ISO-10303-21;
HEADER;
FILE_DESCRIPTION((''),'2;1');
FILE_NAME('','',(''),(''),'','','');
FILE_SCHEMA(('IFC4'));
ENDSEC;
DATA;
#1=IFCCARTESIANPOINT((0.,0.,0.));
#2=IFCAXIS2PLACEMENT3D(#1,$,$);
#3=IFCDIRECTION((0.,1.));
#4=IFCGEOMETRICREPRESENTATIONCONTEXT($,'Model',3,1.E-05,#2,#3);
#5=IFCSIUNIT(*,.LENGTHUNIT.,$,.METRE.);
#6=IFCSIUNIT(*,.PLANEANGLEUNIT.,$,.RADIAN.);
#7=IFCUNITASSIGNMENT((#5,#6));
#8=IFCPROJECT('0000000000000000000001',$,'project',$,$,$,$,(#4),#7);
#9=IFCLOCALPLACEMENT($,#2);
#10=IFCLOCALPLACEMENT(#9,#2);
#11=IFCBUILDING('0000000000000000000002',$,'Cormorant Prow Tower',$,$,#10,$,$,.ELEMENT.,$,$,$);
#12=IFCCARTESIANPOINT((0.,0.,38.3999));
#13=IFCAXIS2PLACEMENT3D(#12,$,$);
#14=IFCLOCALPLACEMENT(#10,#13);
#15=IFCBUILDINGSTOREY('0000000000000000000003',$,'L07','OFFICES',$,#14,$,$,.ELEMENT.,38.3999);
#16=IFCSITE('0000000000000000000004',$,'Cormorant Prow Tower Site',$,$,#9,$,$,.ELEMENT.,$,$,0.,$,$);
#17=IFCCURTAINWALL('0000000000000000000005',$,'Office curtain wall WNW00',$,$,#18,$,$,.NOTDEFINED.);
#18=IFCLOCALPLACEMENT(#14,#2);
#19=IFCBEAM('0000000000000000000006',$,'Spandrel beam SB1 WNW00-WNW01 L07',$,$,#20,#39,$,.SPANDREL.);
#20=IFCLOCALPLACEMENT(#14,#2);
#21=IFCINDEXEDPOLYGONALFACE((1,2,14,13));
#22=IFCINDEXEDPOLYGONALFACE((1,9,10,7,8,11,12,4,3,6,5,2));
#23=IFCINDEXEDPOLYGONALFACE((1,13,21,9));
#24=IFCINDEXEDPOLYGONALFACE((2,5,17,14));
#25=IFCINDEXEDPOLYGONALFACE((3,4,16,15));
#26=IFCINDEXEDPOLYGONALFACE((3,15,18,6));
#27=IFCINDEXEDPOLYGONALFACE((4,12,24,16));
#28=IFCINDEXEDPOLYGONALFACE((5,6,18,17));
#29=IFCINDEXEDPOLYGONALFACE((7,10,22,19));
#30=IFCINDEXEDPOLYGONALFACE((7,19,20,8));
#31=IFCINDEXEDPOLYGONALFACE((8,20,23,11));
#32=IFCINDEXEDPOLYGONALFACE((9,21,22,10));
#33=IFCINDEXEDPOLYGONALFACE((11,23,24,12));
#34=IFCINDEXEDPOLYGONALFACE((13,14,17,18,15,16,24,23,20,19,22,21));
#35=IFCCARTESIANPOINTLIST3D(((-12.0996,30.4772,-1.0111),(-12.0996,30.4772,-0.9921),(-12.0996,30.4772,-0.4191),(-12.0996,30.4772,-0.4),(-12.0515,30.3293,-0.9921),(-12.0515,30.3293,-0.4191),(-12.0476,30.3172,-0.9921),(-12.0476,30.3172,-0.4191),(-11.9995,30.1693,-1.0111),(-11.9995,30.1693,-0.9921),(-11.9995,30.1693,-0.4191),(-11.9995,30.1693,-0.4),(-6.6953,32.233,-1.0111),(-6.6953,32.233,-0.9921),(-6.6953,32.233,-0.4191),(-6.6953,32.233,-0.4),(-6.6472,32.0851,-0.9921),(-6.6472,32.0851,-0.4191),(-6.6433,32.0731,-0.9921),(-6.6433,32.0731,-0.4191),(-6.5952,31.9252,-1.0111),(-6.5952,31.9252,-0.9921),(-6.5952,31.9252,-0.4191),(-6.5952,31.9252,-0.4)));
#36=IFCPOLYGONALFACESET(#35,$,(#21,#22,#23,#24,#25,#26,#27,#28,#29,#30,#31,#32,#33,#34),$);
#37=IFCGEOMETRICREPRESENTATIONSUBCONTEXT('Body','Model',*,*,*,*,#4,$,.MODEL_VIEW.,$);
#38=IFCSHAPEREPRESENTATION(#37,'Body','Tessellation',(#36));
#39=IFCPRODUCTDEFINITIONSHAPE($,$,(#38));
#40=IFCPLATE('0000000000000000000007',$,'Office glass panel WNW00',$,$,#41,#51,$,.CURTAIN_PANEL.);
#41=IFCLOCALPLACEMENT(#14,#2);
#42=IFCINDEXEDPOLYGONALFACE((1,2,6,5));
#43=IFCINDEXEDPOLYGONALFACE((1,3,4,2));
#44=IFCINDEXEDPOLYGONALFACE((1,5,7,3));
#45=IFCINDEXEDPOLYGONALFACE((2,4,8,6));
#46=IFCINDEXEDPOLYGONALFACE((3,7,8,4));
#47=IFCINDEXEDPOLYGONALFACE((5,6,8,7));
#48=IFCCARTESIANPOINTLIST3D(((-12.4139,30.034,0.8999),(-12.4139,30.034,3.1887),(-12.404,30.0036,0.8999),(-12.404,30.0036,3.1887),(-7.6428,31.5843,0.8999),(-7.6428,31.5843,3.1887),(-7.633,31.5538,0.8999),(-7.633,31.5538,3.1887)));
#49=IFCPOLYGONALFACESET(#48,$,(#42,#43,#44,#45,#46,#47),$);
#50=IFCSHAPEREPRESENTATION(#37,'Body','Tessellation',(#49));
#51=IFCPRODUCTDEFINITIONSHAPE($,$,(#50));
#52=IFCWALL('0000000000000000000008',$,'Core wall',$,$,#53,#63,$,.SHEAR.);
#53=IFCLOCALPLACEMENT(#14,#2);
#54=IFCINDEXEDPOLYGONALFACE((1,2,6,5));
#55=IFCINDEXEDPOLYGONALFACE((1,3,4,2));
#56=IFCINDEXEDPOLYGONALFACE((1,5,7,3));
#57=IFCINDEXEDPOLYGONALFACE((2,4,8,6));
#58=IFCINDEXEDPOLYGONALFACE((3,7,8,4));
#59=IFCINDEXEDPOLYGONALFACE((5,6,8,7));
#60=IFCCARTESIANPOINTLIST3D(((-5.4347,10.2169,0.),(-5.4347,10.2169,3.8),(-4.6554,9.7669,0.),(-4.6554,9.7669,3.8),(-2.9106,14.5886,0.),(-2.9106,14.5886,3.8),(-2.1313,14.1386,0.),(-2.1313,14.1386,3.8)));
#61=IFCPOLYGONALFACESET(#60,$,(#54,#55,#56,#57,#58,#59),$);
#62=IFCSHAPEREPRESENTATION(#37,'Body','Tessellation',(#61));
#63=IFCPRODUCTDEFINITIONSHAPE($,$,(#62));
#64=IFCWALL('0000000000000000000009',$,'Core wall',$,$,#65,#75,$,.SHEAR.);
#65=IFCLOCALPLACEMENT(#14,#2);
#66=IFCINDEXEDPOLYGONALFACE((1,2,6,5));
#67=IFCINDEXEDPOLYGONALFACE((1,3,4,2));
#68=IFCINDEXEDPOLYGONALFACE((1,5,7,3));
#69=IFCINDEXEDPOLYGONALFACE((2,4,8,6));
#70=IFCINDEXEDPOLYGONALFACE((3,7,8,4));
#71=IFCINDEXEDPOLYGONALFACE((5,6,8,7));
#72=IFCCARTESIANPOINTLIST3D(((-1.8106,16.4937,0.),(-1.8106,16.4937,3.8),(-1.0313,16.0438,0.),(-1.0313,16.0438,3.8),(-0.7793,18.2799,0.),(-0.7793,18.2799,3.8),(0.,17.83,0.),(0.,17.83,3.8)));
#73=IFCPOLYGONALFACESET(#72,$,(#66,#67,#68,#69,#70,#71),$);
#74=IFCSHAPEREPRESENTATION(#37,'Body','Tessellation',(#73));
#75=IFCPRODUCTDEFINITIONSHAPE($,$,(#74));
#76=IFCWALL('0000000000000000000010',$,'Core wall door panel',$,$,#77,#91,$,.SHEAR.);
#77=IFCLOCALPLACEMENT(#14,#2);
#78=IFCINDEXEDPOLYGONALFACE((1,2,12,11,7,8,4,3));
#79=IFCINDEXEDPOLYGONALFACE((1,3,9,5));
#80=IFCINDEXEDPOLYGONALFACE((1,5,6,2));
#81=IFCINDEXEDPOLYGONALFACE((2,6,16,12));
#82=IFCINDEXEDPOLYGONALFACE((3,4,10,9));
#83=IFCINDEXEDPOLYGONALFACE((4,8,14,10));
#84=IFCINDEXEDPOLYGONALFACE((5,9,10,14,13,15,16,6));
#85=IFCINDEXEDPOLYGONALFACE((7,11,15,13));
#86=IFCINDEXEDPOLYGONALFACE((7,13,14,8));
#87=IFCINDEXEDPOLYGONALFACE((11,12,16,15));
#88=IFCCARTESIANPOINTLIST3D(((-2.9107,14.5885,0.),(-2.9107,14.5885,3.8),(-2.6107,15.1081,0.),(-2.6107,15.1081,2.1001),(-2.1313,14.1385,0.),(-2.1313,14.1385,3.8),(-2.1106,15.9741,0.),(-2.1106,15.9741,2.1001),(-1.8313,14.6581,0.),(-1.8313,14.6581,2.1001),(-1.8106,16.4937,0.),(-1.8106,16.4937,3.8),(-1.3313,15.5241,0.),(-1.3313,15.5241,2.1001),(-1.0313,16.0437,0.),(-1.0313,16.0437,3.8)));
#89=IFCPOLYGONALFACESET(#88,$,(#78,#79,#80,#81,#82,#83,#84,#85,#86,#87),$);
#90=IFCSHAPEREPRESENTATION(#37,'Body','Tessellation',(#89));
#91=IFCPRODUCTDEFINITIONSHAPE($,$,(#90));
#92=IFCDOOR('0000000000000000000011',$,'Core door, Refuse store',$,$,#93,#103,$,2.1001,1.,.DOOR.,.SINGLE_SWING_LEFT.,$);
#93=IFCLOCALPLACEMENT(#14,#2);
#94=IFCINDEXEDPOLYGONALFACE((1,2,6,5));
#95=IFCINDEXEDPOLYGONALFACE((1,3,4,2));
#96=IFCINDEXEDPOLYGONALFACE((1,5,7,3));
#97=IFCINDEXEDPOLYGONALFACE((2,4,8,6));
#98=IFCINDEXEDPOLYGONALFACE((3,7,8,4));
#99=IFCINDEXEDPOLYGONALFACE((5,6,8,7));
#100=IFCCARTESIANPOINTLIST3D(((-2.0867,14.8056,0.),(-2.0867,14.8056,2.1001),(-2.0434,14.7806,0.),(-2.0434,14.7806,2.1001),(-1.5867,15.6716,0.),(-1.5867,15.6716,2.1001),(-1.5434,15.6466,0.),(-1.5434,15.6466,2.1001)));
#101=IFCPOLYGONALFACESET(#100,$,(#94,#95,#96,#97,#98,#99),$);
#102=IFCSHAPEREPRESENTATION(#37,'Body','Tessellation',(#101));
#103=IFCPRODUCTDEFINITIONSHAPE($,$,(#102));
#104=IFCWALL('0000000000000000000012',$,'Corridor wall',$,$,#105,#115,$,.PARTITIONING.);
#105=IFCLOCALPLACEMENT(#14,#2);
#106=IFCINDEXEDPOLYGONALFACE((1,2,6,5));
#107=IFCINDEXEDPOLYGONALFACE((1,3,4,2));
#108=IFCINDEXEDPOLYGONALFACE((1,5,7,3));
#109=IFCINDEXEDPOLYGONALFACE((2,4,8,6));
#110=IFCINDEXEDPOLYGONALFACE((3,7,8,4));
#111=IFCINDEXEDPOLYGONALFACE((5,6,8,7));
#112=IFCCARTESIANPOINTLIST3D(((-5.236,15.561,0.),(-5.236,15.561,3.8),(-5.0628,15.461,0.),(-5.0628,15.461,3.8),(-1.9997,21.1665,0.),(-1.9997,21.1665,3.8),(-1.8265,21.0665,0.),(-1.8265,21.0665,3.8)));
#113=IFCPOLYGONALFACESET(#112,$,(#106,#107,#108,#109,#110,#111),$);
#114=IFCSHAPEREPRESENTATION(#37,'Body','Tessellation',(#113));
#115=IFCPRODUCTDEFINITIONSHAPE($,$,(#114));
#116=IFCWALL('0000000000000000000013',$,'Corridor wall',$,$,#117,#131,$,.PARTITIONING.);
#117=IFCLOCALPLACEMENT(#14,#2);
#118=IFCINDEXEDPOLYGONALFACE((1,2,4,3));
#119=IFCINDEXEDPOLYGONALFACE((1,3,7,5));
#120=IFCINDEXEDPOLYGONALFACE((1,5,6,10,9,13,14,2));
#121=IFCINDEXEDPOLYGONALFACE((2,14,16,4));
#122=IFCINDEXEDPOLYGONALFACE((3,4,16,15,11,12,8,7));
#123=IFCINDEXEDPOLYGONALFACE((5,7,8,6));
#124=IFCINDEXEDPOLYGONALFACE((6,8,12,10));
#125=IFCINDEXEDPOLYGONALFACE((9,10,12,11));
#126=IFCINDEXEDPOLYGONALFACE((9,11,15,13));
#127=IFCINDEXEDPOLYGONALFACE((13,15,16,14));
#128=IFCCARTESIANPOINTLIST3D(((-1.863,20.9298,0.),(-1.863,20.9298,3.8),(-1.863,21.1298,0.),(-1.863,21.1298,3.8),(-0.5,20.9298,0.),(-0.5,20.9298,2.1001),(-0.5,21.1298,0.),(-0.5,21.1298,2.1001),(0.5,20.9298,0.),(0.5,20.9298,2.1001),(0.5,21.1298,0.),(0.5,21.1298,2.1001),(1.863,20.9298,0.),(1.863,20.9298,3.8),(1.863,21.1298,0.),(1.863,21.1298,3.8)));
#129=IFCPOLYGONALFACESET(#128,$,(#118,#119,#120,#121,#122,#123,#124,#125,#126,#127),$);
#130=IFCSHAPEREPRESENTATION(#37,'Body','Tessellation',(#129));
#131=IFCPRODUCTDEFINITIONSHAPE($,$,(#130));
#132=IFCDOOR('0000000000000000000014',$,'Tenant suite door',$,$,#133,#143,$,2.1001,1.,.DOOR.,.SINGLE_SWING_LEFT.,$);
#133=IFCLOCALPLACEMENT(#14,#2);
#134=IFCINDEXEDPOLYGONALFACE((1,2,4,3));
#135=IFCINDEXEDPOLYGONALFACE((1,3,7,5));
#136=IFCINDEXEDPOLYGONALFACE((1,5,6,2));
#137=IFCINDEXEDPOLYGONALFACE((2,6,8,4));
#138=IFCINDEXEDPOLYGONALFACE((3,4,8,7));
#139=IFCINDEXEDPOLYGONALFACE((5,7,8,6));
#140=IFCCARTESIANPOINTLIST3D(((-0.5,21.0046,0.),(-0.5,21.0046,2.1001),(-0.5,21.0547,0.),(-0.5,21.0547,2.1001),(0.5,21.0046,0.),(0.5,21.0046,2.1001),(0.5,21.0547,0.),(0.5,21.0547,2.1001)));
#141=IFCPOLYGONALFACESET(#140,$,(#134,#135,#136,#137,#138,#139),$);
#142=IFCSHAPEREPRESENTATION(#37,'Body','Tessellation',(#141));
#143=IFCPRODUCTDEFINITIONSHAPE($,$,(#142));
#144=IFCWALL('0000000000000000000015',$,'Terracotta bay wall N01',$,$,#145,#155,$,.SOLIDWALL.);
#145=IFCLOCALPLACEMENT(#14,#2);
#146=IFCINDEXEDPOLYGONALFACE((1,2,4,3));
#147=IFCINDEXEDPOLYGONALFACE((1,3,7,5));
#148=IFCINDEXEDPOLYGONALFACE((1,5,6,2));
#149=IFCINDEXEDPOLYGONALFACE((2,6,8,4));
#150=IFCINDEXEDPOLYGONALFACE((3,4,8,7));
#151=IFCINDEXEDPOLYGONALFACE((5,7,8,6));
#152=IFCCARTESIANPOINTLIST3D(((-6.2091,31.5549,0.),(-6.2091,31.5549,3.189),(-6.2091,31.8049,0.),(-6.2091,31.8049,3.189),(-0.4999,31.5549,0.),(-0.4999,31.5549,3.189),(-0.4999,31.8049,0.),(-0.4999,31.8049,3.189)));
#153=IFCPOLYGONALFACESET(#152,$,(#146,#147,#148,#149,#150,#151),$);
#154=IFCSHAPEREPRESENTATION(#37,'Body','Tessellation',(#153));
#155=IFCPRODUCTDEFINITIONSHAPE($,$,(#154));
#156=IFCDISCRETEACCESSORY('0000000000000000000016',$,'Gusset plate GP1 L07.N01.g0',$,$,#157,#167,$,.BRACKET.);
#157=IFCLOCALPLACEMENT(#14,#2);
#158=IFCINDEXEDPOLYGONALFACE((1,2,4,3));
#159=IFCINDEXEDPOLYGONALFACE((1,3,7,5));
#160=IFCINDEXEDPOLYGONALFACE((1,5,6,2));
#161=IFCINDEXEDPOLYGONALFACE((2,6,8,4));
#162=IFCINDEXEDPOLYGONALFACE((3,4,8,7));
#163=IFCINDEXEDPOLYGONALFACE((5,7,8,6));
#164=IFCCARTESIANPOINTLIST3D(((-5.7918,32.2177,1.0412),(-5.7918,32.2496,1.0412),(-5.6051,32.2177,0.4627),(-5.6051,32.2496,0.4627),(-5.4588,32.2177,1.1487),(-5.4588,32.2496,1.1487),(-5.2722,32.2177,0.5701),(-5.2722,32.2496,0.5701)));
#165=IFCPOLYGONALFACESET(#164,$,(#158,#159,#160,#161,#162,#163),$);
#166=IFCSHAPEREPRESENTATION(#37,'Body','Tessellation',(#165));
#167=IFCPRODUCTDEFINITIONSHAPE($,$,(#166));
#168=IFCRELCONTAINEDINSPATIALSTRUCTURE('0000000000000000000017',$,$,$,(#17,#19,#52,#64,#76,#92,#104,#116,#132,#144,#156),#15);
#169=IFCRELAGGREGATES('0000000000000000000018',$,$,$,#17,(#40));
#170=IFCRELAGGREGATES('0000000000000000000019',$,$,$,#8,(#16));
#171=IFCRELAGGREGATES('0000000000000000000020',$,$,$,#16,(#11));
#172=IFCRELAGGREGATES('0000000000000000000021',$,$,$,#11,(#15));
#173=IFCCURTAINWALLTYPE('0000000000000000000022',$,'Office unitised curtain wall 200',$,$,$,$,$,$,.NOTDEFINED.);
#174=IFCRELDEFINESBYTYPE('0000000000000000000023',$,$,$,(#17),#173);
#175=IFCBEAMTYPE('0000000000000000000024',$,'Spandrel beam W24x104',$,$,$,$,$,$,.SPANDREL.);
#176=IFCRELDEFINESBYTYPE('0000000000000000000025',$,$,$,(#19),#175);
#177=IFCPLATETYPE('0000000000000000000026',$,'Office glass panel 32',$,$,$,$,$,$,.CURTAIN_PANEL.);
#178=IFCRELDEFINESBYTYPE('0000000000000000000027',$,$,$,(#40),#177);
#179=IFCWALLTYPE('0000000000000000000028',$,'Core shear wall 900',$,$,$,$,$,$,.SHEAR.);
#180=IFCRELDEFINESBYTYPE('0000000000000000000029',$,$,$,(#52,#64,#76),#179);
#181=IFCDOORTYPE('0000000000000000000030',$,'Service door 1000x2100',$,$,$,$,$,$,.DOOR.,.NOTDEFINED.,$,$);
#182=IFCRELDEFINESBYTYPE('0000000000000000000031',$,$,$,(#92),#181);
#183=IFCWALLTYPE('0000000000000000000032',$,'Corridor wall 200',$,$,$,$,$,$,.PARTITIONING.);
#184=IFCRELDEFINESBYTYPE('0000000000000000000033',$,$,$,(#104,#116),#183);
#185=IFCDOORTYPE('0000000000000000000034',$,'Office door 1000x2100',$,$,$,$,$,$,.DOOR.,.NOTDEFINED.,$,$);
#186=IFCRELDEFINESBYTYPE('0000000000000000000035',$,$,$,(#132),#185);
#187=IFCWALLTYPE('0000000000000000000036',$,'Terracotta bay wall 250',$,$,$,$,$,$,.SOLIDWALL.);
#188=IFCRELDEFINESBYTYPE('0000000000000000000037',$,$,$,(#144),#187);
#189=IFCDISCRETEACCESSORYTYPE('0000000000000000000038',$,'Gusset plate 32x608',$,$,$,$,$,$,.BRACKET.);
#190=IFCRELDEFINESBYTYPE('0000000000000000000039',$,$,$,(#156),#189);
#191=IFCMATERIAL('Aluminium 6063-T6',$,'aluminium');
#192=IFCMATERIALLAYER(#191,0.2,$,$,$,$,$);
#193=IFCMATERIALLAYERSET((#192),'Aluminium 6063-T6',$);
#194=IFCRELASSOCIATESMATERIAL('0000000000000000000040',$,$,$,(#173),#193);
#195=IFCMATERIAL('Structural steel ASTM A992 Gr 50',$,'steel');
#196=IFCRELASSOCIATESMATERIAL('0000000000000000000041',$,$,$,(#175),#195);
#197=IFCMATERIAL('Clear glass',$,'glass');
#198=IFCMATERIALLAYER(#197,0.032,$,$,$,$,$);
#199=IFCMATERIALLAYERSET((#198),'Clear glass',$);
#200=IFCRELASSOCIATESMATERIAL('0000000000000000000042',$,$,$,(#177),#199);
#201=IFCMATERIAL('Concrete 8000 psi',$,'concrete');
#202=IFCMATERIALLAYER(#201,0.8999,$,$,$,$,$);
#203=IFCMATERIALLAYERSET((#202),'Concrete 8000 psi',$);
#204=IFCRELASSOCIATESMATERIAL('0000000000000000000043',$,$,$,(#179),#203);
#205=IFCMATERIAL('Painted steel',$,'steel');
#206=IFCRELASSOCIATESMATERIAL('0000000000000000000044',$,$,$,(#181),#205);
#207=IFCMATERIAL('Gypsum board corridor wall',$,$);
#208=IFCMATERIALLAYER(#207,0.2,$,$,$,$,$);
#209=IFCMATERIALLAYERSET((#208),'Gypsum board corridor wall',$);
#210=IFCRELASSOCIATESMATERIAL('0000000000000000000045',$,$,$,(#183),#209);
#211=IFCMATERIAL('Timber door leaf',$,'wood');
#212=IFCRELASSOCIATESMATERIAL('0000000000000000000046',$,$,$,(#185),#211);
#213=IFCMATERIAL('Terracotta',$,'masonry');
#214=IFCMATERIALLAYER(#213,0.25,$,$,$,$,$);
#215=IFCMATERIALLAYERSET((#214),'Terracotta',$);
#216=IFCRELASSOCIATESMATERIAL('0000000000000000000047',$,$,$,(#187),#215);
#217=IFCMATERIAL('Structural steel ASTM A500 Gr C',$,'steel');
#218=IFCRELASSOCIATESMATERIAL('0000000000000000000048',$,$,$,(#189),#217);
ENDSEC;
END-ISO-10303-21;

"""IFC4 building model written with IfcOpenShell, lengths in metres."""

from ifc_helpers import new_model, si_unit, direction, frame, frame_2d, origin, origin_2d, place, context, subcontext, project, spatial, rectangle, i_section, extrude, material, layer, layer_set, material_profile, profile_set, type_object, element, fill, aggregate, save


model = new_model("IFC4")

# Units and contexts
model_context = context("Model", 3, precision=1e-05, world=origin(), true_north=direction((0.0, 1.0)))
body_context = subcontext(model_context, "Body", "Model", "MODEL_VIEW")
ifc_project = project(units=[si_unit("LENGTHUNIT", "METRE"), si_unit("PLANEANGLEUNIT", "RADIAN")], contexts=[model_context])

# Site, building, storey
site_placement = place(None, origin())
site = spatial("IfcSite", under=ifc_project, at=site_placement, Name="Cormorant Prow Tower Site", CompositionType="ELEMENT", RefElevation=0.0)
building_placement = place(site_placement, origin())
building = spatial("IfcBuilding", under=site, at=building_placement, Name="Cormorant Prow Tower", CompositionType="ELEMENT")
storey_placement = place(building_placement, frame((0.0, 0.0, 38.3999)))
storey = spatial("IfcBuildingStorey", under=building, at=storey_placement, Name="L07", Description="OFFICES", CompositionType="ELEMENT", Elevation=38.3999)

# Curtain wall
ifc_material_1 = material(Name="Aluminium 6063-T6", Category="aluminium")
ifc_layer_1 = layer(ifc_material_1, 0.2)
ifc_layer_set_1 = layer_set([ifc_layer_1], Name="Aluminium 6063-T6")
curtain_wall_type = type_object("IfcCurtainWallType", Name="Office unitised curtain wall 200", PredefinedType="NOTDEFINED", material=ifc_layer_set_1)
curtain_wall_placement = place(storey_placement, origin())
curtain_wall = element("IfcCurtainWall", 1, at=curtain_wall_placement, inside=storey, type_object=curtain_wall_type, Name="Office curtain wall WNW00", PredefinedType="NOTDEFINED")

# Beam
ifc_material_2 = material(Name="Structural steel ASTM A992 Gr 50", Category="steel")
ifc_material_profile_1 = material_profile(ifc_material_2, i_section(OverallWidth=0.3237, OverallDepth=0.6111, WebThickness=0.0127, FlangeThickness=0.019, at=origin_2d()), Name="W24x104")
ifc_profile_set_1 = profile_set([ifc_material_profile_1], Name="Structural steel ASTM A992 Gr 50")
beam_type_1 = type_object("IfcBeamType", Name="Spandrel beam W24x104", PredefinedType="SPANDREL", material=ifc_profile_set_1)
beam_1_placement = place(storey_placement, frame((-6.6453, 32.0791, -0.7056), z_axis=(-0.951062, -0.309001, 0.0), x_axis=(0.309001, -0.951062, 0.0)))
element("IfcBeam", 2, at=beam_1_placement, inside=storey, type_object=beam_type_1, Name="Spandrel beam SB1 WNW00-WNW01 L07", PredefinedType="SPANDREL", context=body_context, shape_type="SweptSolid", body=[
    extrude(i_section(OverallWidth=0.3237, OverallDepth=0.6111, WebThickness=0.0127, FlangeThickness=0.019, at=origin_2d()), origin(), (0.0, 0.0, 1.0), 5.6824),
])

# Plate
ifc_material_3 = material(Name="Clear glass", Category="glass")
ifc_layer_2 = layer(ifc_material_3, 0.032)
ifc_layer_set_2 = layer_set([ifc_layer_2], Name="Clear glass")
plate_type = type_object("IfcPlateType", Name="Office glass panel 32", PredefinedType="CURTAIN_PANEL", material=ifc_layer_set_2)
plate_placement = place(storey_placement, frame((-10.0234, 30.7939, 0.8999), z_axis=(0.0, 0.0, 1.0), x_axis=(-0.951057, -0.309017, 0.0)))
plate = element("IfcPlate", 3, at=plate_placement, type_object=plate_type, Name="Office glass panel WNW00", PredefinedType="CURTAIN_PANEL", context=body_context, shape_type="SweptSolid", body=[
    extrude(rectangle(XDim=5.0166, YDim=0.032, at=origin_2d()), origin(), (0.0, 0.0, 1.0), 2.2888),
])
aggregate(curtain_wall, [plate])

# Walls
ifc_material_4 = material(Name="Concrete 8000 psi", Category="concrete")
ifc_layer_3 = layer(ifc_material_4, 0.8999)
ifc_layer_set_3 = layer_set([ifc_layer_3], Name="Concrete 8000 psi")
wall_type_1 = type_object("IfcWallType", Name="Core shear wall 900", PredefinedType="SHEAR", material=ifc_layer_set_3)
wall_1_placement = place(storey_placement, frame((-2.521, 14.3635, 0.0), z_axis=(0.0, 0.0, 1.0), x_axis=(-0.500014, -0.866017, 0.0)))
element("IfcWall", 4, at=wall_1_placement, inside=storey, type_object=wall_type_1, Name="Core wall", PredefinedType="SHEAR", context=body_context, shape_type="SweptSolid", body=[
    extrude(rectangle(XDim=5.0481, YDim=0.8999, at=frame_2d((2.5239, 0.0))), origin(), (0.0, 0.0, 1.0), 3.8),
])
wall_2_placement = place(storey_placement, frame((-0.3896, 18.0549, 0.0), z_axis=(0.0, 0.0, 1.0), x_axis=(-0.500009, -0.86602, 0.0)))
element("IfcWall", 5, at=wall_2_placement, inside=storey, type_object=wall_type_1, Name="Core wall", PredefinedType="SHEAR", context=body_context, shape_type="SweptSolid", body=[
    extrude(rectangle(XDim=2.0625, YDim=0.8999, at=frame_2d((1.0312, 0.0))), origin(), (0.0, 0.0, 1.0), 3.8),
])

# Wall, opening, door
wall_3_placement = place(storey_placement, frame((-1.4209, 16.2688, 0.0), z_axis=(0.0, 0.0, 1.0), x_axis=(-0.50003, -0.866008, 0.0)))
wall_3 = element("IfcWall", 6, at=wall_3_placement, inside=storey, type_object=wall_type_1, Name="Core wall door panel", PredefinedType="SHEAR", context=body_context, shape_type="SweptSolid", body=[
    extrude(rectangle(XDim=2.2, YDim=0.8999, at=frame_2d((1.1001, 0.0))), origin(), (0.0, 0.0, 1.0), 3.8),
])
opening_1_placement = place(wall_3_placement, frame((0.6001, 0.0, 0.0)))
opening_1 = element("IfcOpeningElement", 7, at=opening_1_placement, cuts=wall_3, PredefinedType="OPENING", context=body_context, shape_type="SweptSolid", body=[
    extrude(rectangle(XDim=1.0, YDim=2.1001, at=frame_2d((0.5, 1.05))), frame((0.0, 0.46, 0.0), z_axis=(0.0, -1.0, 0.0), x_axis=(1.0, 0.0, 0.0)), (0.0, 0.0, 1.0), 0.9199),
])
ifc_material_5 = material(Name="Painted steel", Category="steel")
door_type_1 = type_object("IfcDoorType", Name="Service door 1000x2100", OperationType="NOTDEFINED", PredefinedType="DOOR", material=ifc_material_5)
door_1_placement = place(opening_1_placement, origin())
door_1 = element("IfcDoor", 8, at=door_1_placement, inside=storey, type_object=door_type_1, Name="Core door, Refuse store", OperationType="SINGLE_SWING_LEFT", OverallHeight=2.1001, OverallWidth=1.0, PredefinedType="DOOR", context=body_context, shape_type="SweptSolid", body=[
    extrude(rectangle(XDim=1.0, YDim=2.1001, at=frame_2d((0.5, 1.05))), frame((0.0, 0.2051, 0.0), z_axis=(0.0, -1.0, 0.0), x_axis=(1.0, 0.0, 0.0)), (0.0, 0.0, 1.0), 0.05),
])
fill(opening_1, door_1)

# Wall
ifc_material_6 = material(Name="Gypsum board corridor wall")
ifc_layer_4 = layer(ifc_material_6, 0.2)
ifc_layer_set_4 = layer_set([ifc_layer_4], Name="Gypsum board corridor wall")
wall_type_2 = type_object("IfcWallType", Name="Corridor wall 200", PredefinedType="PARTITIONING", material=ifc_layer_set_4)
wall_4_placement = place(storey_placement, frame((-5.1494, 15.511, 0.0), z_axis=(0.0, 0.0, 1.0), x_axis=(0.500001, 0.866025, 0.0)))
element("IfcWall", 9, at=wall_4_placement, inside=storey, type_object=wall_type_2, Name="Corridor wall", PredefinedType="PARTITIONING", context=body_context, shape_type="SweptSolid", body=[
    extrude(rectangle(XDim=6.4727, YDim=0.2, at=frame_2d((3.2363, 0.0))), origin(), (0.0, 0.0, 1.0), 3.8),
])

# Wall, opening, door
wall_5_placement = place(storey_placement, frame((-1.863, 21.0298, 0.0), z_axis=(0.0, 0.0, 1.0), x_axis=(1.0, 0.0, 0.0)))
wall_5 = element("IfcWall", 10, at=wall_5_placement, inside=storey, type_object=wall_type_2, Name="Corridor wall", PredefinedType="PARTITIONING", context=body_context, shape_type="SweptSolid", body=[
    extrude(rectangle(XDim=3.7261, YDim=0.2, at=frame_2d((1.863, 0.0))), origin(), (0.0, 0.0, 1.0), 3.8),
])
opening_2_placement = place(wall_5_placement, frame((1.363, 0.0, 0.0)))
opening_2 = element("IfcOpeningElement", 11, at=opening_2_placement, cuts=wall_5, PredefinedType="OPENING", context=body_context, shape_type="SweptSolid", body=[
    extrude(rectangle(XDim=1.0, YDim=2.1001, at=frame_2d((0.5, 1.05))), frame((0.0, 0.1099, 0.0), z_axis=(0.0, -1.0, 0.0), x_axis=(1.0, 0.0, 0.0)), (0.0, 0.0, 1.0), 0.22),
])
ifc_material_7 = material(Name="Timber door leaf", Category="wood")
door_type_2 = type_object("IfcDoorType", Name="Office door 1000x2100", OperationType="NOTDEFINED", PredefinedType="DOOR", material=ifc_material_7)
door_2_placement = place(opening_2_placement, origin())
door_2 = element("IfcDoor", 12, at=door_2_placement, inside=storey, type_object=door_type_2, Name="Tenant suite door", OperationType="SINGLE_SWING_LEFT", OverallHeight=2.1001, OverallWidth=1.0, PredefinedType="DOOR", context=body_context, shape_type="SweptSolid", body=[
    extrude(rectangle(XDim=1.0, YDim=2.1001, at=frame_2d((0.5, 1.05))), frame((0.0, 0.0249, 0.0), z_axis=(0.0, -1.0, 0.0), x_axis=(1.0, 0.0, 0.0)), (0.0, 0.0, 1.0), 0.05),
])
fill(opening_2, door_2)

# Wall
ifc_material_8 = material(Name="Terracotta", Category="masonry")
ifc_layer_5 = layer(ifc_material_8, 0.25)
ifc_layer_set_5 = layer_set([ifc_layer_5], Name="Terracotta")
wall_type_3 = type_object("IfcWallType", Name="Terracotta bay wall 250", PredefinedType="SOLIDWALL", material=ifc_layer_set_5)
wall_6_placement = place(storey_placement, frame((-0.5, 31.6799, 0.0), z_axis=(0.0, 0.0, 1.0), x_axis=(-1.0, 0.0, 0.0)))
element("IfcWall", 13, at=wall_6_placement, inside=storey, type_object=wall_type_3, Name="Terracotta bay wall N01", PredefinedType="SOLIDWALL", context=body_context, shape_type="SweptSolid", body=[
    extrude(rectangle(XDim=5.7092, YDim=0.25, at=frame_2d((2.8545, 0.0))), origin(), (0.0, 0.0, 1.0), 3.189),
])

# Discrete accessory
ifc_material_9 = material(Name="Structural steel ASTM A500 Gr C", Category="steel")
ifc_material_profile_2 = material_profile(ifc_material_9, rectangle(XDim=0.032, YDim=0.6079, at=origin_2d()), Name="Gusset plate 32x608")
ifc_profile_set_2 = profile_set([ifc_material_profile_2], Name="Structural steel ASTM A500 Gr C")
discrete_accessory_type = type_object("IfcDiscreteAccessoryType", Name="Gusset plate 32x608", PredefinedType="BRACKET", material=ifc_profile_set_2)
for number, where, z_axis, x_axis, name in (
    (14, (-5.3655, 32.2336, 0.8594), (-0.951709, 0.0, -0.307003), (0.0, -1.0, 0.0), "Gusset plate GP1 L07.N01.g0"),
):
    element("IfcDiscreteAccessory", number, at=place(storey_placement, frame(where, z_axis=z_axis, x_axis=x_axis)), inside=storey, type_object=discrete_accessory_type, Name=name, PredefinedType="BRACKET", context=body_context, shape_type="SweptSolid", body=[
        extrude(rectangle(XDim=0.032, YDim=0.6079, at=origin_2d()), origin(), (0.0, 0.0, 1.0), 0.3499),
    ])

save(model, "model.ifc")
